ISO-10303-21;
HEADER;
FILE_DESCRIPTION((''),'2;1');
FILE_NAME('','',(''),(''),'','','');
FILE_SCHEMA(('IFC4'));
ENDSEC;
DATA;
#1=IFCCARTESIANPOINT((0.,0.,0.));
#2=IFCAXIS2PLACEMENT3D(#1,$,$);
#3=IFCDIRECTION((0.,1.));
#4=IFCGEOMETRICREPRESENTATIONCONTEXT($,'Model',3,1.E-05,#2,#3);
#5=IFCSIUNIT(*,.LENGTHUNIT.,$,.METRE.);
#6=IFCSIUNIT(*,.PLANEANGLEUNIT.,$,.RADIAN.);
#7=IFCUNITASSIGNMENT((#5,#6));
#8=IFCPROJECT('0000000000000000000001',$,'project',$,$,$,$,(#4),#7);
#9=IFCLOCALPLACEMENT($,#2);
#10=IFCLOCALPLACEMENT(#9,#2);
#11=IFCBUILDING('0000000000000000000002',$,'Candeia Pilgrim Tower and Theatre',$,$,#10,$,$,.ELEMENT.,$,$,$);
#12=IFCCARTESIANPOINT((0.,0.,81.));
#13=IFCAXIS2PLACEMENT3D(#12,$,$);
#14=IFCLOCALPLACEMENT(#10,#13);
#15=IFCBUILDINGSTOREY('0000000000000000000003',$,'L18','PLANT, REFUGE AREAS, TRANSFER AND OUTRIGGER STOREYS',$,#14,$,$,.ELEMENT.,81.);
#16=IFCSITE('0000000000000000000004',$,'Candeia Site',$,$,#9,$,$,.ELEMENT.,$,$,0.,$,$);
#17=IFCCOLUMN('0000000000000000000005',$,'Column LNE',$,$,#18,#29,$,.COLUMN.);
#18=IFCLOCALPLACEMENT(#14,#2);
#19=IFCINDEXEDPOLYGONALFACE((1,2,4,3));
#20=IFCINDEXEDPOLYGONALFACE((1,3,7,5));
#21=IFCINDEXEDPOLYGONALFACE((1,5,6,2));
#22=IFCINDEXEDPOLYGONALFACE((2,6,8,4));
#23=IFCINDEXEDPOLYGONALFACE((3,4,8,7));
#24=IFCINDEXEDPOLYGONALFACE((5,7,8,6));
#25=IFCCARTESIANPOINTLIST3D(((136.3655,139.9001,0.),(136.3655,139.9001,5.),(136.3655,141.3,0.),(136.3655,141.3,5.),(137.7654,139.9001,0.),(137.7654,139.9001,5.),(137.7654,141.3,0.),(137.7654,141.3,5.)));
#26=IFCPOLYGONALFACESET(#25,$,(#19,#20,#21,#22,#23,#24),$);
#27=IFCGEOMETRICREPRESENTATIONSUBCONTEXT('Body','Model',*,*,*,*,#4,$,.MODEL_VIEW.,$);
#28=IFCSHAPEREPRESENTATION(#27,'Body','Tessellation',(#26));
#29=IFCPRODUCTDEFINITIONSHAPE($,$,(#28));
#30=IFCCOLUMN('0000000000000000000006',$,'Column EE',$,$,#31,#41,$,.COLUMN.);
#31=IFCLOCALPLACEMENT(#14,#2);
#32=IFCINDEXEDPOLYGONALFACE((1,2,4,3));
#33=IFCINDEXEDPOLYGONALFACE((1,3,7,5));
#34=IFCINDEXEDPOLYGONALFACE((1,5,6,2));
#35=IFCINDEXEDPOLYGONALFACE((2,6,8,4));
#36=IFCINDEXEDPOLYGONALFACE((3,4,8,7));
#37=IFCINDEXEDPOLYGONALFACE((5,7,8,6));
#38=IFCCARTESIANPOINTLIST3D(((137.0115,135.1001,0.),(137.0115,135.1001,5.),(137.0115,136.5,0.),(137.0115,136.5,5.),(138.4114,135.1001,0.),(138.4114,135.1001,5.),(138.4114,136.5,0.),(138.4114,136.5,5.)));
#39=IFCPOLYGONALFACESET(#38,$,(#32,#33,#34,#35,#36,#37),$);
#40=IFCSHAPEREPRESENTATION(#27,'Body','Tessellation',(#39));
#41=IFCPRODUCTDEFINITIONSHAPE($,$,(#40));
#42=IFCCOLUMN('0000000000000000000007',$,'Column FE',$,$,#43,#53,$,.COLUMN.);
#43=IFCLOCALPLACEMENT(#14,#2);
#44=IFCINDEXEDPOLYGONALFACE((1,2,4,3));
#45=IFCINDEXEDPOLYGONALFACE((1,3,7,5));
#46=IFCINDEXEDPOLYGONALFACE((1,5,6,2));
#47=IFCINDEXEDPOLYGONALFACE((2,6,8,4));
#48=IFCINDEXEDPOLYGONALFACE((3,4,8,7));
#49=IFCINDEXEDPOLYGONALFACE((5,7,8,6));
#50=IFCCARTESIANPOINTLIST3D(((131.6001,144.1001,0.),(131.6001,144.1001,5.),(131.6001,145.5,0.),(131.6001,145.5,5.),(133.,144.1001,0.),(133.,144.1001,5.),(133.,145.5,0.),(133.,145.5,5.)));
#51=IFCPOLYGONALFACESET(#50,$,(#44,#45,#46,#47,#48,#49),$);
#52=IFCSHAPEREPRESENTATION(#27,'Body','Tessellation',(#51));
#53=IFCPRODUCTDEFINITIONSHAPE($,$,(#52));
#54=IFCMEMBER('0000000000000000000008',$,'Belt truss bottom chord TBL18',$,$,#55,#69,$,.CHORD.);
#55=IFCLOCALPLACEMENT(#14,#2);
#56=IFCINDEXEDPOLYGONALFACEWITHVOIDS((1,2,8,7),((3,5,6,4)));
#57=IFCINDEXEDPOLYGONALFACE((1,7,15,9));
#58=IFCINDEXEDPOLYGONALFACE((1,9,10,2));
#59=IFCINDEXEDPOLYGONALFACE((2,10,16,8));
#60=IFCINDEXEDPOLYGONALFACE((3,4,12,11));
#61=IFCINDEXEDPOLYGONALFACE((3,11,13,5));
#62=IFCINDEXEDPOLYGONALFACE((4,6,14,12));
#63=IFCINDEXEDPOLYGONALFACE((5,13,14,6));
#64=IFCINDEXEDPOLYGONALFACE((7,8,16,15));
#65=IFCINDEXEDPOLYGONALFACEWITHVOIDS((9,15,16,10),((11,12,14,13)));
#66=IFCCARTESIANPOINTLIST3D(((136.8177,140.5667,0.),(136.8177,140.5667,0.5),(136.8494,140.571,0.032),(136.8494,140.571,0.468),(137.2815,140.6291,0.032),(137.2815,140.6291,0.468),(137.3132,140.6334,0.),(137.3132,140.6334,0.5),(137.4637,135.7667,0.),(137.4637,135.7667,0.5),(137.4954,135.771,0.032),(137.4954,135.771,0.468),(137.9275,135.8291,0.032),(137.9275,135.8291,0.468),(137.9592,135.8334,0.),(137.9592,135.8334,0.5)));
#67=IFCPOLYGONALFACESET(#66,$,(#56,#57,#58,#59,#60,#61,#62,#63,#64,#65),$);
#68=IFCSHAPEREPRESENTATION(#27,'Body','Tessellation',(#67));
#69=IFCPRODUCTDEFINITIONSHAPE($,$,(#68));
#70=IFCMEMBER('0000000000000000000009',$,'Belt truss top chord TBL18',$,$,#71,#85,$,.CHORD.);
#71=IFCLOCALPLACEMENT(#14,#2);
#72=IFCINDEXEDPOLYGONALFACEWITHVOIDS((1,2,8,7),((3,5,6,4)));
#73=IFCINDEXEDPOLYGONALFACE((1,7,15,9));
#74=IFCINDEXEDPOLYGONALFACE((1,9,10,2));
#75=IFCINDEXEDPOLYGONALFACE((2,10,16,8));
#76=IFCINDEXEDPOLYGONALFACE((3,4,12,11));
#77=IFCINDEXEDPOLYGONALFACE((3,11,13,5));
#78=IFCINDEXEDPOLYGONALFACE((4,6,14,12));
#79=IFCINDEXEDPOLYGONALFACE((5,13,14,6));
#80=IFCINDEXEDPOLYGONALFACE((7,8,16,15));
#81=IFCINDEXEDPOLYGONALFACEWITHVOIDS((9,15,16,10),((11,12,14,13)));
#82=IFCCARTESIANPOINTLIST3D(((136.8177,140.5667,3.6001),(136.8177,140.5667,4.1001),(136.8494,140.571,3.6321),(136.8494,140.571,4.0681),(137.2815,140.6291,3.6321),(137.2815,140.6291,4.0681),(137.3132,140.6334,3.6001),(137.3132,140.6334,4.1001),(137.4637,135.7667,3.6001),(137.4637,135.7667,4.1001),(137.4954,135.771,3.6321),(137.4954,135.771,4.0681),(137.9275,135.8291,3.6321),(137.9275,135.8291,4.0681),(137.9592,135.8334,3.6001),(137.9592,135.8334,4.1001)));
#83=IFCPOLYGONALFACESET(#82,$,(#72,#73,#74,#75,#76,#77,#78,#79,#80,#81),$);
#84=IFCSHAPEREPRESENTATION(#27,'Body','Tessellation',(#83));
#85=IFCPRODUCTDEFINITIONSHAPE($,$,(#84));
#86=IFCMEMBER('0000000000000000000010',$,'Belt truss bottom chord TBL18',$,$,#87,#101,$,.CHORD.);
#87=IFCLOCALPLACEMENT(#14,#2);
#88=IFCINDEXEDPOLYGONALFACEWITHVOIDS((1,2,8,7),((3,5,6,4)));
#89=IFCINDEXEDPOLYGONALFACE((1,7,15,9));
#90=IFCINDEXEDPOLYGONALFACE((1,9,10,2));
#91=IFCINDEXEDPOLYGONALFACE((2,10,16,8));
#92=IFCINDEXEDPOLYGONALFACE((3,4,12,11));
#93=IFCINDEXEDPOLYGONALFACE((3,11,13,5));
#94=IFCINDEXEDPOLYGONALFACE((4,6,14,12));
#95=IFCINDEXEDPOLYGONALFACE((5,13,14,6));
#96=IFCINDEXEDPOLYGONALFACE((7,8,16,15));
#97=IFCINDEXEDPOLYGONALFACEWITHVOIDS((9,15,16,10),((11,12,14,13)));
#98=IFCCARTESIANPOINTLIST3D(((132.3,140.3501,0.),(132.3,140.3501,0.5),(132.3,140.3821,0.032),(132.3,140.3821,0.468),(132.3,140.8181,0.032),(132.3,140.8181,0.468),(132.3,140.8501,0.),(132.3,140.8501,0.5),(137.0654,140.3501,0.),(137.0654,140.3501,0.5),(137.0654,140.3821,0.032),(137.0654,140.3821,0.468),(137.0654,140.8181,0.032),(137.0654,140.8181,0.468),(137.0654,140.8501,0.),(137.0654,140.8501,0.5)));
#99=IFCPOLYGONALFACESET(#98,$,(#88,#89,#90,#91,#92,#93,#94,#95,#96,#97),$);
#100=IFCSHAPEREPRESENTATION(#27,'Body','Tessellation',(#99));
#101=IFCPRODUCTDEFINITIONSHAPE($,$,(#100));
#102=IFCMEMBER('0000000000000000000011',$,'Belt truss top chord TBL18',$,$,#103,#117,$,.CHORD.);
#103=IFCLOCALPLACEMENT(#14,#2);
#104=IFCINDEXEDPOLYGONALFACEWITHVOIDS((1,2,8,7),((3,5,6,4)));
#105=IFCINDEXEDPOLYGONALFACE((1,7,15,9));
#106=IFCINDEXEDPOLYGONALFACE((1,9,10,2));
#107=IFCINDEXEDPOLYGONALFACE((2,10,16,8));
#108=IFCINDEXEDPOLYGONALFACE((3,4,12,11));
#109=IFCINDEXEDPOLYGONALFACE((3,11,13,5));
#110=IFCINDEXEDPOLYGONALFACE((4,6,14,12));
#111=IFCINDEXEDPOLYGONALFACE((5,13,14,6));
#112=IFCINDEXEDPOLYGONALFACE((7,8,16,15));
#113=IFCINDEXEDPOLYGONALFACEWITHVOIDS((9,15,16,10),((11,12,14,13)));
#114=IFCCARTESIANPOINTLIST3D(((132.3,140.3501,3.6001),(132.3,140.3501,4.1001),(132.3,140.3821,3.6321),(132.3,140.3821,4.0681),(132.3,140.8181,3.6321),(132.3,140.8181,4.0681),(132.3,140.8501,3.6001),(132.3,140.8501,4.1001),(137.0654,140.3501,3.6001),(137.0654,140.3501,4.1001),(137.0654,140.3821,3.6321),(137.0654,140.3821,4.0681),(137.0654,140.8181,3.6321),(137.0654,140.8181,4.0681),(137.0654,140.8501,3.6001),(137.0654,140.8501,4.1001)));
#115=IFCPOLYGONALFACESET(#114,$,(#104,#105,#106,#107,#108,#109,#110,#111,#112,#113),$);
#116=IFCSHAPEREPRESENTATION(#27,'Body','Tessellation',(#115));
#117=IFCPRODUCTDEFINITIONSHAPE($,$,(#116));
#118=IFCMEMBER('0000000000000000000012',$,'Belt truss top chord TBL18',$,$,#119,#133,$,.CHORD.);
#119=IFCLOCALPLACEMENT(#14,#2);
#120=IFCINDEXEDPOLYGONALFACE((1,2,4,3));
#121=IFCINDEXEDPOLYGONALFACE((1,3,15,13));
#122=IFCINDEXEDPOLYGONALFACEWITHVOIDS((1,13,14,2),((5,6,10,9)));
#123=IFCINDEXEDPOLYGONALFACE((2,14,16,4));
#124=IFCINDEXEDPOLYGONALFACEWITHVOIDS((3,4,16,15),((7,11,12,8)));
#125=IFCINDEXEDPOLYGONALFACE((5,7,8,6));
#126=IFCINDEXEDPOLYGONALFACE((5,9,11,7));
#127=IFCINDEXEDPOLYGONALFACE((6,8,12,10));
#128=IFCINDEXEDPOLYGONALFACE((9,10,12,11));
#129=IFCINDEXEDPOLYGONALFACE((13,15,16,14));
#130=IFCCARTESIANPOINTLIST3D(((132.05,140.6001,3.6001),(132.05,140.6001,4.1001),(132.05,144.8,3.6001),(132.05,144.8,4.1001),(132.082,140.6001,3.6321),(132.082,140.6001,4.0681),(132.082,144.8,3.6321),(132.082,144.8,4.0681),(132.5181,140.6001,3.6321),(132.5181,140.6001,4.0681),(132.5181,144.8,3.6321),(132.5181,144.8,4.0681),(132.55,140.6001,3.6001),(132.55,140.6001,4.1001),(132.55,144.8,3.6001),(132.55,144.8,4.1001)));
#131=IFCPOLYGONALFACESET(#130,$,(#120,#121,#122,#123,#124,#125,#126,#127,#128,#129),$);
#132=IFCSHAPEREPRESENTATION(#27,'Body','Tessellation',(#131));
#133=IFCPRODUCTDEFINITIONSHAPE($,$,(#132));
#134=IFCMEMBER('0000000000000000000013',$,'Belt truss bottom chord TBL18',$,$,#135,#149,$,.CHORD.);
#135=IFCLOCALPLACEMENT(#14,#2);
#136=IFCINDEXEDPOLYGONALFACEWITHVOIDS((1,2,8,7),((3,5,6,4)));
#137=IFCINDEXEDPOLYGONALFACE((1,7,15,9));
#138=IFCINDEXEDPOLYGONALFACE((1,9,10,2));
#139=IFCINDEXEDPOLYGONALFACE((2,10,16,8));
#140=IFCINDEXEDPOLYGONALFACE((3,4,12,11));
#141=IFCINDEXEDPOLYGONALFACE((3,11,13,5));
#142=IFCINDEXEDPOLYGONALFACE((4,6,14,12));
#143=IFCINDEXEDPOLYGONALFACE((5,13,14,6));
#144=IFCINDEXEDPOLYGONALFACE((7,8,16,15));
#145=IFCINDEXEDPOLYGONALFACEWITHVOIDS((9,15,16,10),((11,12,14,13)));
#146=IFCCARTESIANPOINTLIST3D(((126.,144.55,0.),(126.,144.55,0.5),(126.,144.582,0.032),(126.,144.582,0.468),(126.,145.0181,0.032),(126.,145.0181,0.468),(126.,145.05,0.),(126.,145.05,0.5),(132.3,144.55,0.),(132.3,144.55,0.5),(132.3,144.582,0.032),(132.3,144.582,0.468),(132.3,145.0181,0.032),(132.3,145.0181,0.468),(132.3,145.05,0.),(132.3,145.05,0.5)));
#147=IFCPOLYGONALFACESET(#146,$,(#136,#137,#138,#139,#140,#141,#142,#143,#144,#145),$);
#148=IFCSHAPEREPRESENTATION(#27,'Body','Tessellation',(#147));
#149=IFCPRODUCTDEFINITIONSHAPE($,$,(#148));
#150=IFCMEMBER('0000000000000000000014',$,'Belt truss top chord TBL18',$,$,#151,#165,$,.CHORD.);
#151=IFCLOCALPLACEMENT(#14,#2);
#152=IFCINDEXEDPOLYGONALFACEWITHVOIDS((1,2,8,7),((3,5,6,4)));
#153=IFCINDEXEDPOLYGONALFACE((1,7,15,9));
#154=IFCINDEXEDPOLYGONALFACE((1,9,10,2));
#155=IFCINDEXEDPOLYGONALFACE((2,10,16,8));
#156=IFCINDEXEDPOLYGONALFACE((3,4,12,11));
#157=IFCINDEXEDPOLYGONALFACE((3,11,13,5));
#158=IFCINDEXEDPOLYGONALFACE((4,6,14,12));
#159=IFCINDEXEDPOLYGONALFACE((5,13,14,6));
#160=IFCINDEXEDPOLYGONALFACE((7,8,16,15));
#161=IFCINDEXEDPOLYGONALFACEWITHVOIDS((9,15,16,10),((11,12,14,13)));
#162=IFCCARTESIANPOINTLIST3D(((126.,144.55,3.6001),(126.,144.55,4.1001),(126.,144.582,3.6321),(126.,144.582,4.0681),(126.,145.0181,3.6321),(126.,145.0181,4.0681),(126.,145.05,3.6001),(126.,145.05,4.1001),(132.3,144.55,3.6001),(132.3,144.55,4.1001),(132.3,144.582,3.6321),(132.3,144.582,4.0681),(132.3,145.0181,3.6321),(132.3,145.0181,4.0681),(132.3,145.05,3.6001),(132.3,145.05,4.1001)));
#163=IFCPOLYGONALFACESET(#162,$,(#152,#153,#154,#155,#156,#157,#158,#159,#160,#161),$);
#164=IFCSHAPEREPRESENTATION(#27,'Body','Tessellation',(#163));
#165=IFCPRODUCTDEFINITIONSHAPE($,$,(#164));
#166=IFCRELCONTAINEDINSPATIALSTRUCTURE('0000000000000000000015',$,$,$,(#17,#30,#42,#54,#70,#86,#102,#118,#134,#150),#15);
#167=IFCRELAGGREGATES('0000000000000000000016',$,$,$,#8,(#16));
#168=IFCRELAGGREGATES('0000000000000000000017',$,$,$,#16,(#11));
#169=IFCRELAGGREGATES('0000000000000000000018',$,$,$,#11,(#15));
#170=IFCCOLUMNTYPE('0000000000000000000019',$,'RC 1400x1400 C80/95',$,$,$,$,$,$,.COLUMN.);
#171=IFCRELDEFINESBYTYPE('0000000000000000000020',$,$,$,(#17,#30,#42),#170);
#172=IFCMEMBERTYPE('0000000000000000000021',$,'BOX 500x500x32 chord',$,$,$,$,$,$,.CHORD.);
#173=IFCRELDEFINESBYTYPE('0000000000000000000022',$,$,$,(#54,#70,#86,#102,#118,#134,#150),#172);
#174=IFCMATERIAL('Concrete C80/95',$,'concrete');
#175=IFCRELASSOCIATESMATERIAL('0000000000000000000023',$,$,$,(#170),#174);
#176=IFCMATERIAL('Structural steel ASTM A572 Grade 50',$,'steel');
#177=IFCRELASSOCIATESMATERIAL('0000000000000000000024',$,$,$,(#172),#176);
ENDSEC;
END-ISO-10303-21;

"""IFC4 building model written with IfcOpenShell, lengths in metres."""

from ifc_helpers import new_model, si_unit, direction, frame, origin, origin_2d, place, context, subcontext, project, spatial, rectangle, hollow_rectangle, extrude, material, material_profile, profile_set, type_object, element, save


model = new_model("IFC4")

# Units and contexts
model_context = context("Model", 3, precision=1e-05, world=origin(), true_north=direction((0.0, 1.0)))
body_context = subcontext(model_context, "Body", "Model", "MODEL_VIEW")
ifc_project = project(units=[si_unit("LENGTHUNIT", "METRE"), si_unit("PLANEANGLEUNIT", "RADIAN")], contexts=[model_context])

# Site, building, storey
site_placement = place(None, origin())
site = spatial("IfcSite", under=ifc_project, at=site_placement, Name="Candeia Site", CompositionType="ELEMENT", RefElevation=0.0)
building_placement = place(site_placement, origin())
building = spatial("IfcBuilding", under=site, at=building_placement, Name="Candeia Pilgrim Tower and Theatre", CompositionType="ELEMENT")
storey_placement = place(building_placement, frame((0.0, 0.0, 81.0)))
storey = spatial("IfcBuildingStorey", under=building, at=storey_placement, Name="L18", Description="PLANT, REFUGE AREAS, TRANSFER AND OUTRIGGER STOREYS", CompositionType="ELEMENT", Elevation=81.0)

# Columns
ifc_material_1 = material(Name="Concrete C80/95", Category="concrete")
ifc_material_profile_1 = material_profile(ifc_material_1, rectangle(XDim=1.3999, YDim=1.3999, at=origin_2d()))
ifc_profile_set_1 = profile_set([ifc_material_profile_1], Name="Concrete C80/95")
column_type = type_object("IfcColumnType", Name="RC 1400x1400 C80/95", PredefinedType="COLUMN", material=ifc_profile_set_1)
for number, where, z_axis, x_axis, name in (
    (1, (137.0654, 140.6001, 0.0), (0.0, 0.0, 1.0), (1.0, 0.0, 0.0), "Column LNE"),
    (2, (137.7114, 135.8, 0.0), (0.0, 0.0, 1.0), (1.0, 0.0, 0.0), "Column EE"),
    (3, (132.3, 144.8, 0.0), (0.0, 0.0, 1.0), (1.0, 0.0, 0.0), "Column FE"),
):
    element("IfcColumn", number, at=place(storey_placement, frame(where, z_axis=z_axis, x_axis=x_axis)), inside=storey, type_object=column_type, Name=name, PredefinedType="COLUMN", context=body_context, shape_type="SweptSolid", body=[
        extrude(rectangle(XDim=1.3999, YDim=1.3999, at=origin_2d()), origin(), (0.0, 0.0, 1.0), 5.0),
    ])

# Members
ifc_material_2 = material(Name="Structural steel ASTM A572 Grade 50", Category="steel")
ifc_material_profile_2 = material_profile(ifc_material_2, hollow_rectangle(XDim=0.5, YDim=0.5, WallThickness=0.032, at=origin_2d()))
ifc_profile_set_2 = profile_set([ifc_material_profile_2], Name="Structural steel ASTM A572 Grade 50")
member_type_1 = type_object("IfcMemberType", Name="BOX 500x500x32 chord", PredefinedType="CHORD", material=ifc_profile_set_2)
for number, where, z_axis, x_axis, name in (
    (4, (137.7114, 135.8, 0.25), (-0.133379, 0.991065, 0.0), (-0.991065, -0.133379, 0.0), "Belt truss bottom chord TBL18"),
    (5, (137.7114, 135.8, 3.8501), (-0.133379, 0.991065, 0.0), (-0.991065, -0.133379, 0.0), "Belt truss top chord TBL18"),
):
    element("IfcMember", number, at=place(storey_placement, frame(where, z_axis=z_axis, x_axis=x_axis)), inside=storey, type_object=member_type_1, Name=name, PredefinedType="CHORD", context=body_context, shape_type="SweptSolid", body=[
        extrude(hollow_rectangle(XDim=0.5, YDim=0.5, WallThickness=0.032, at=origin_2d()), origin(), (0.0, 0.0, 1.0), 4.8433),
    ])
for number, where, z_axis, x_axis, name in (
    (6, (137.0654, 140.6001, 0.25), (-1.0, 0.0, 0.0), (0.0, -1.0, 0.0), "Belt truss bottom chord TBL18"),
    (7, (137.0654, 140.6001, 3.8501), (-1.0, 0.0, 0.0), (0.0, -1.0, 0.0), "Belt truss top chord TBL18"),
):
    element("IfcMember", number, at=place(storey_placement, frame(where, z_axis=z_axis, x_axis=x_axis)), inside=storey, type_object=member_type_1, Name=name, PredefinedType="CHORD", context=body_context, shape_type="SweptSolid", body=[
        extrude(hollow_rectangle(XDim=0.5, YDim=0.5, WallThickness=0.032, at=origin_2d()), origin(), (0.0, 0.0, 1.0), 4.7654),
    ])
member_1_placement = place(storey_placement, frame((132.3, 140.6001, 3.8501), z_axis=(0.0, 1.0, 0.0), x_axis=(-1.0, 0.0, 0.0)))
element("IfcMember", 8, at=member_1_placement, inside=storey, type_object=member_type_1, Name="Belt truss top chord TBL18", PredefinedType="CHORD", context=body_context, shape_type="SweptSolid", body=[
    extrude(hollow_rectangle(XDim=0.5, YDim=0.5, WallThickness=0.032, at=origin_2d()), origin(), (0.0, 0.0, 1.0), 4.2),
])
for number, where, z_axis, x_axis, name in (
    (9, (132.3, 144.8, 0.25), (-1.0, 0.0, 0.0), (0.0, -1.0, 0.0), "Belt truss bottom chord TBL18"),
    (10, (132.3, 144.8, 3.8501), (-1.0, 0.0, 0.0), (0.0, -1.0, 0.0), "Belt truss top chord TBL18"),
):
    element("IfcMember", number, at=place(storey_placement, frame(where, z_axis=z_axis, x_axis=x_axis)), inside=storey, type_object=member_type_1, Name=name, PredefinedType="CHORD", context=body_context, shape_type="SweptSolid", body=[
        extrude(hollow_rectangle(XDim=0.5, YDim=0.5, WallThickness=0.032, at=origin_2d()), origin(), (0.0, 0.0, 1.0), 6.3),
    ])

save(model, "model.ifc")
